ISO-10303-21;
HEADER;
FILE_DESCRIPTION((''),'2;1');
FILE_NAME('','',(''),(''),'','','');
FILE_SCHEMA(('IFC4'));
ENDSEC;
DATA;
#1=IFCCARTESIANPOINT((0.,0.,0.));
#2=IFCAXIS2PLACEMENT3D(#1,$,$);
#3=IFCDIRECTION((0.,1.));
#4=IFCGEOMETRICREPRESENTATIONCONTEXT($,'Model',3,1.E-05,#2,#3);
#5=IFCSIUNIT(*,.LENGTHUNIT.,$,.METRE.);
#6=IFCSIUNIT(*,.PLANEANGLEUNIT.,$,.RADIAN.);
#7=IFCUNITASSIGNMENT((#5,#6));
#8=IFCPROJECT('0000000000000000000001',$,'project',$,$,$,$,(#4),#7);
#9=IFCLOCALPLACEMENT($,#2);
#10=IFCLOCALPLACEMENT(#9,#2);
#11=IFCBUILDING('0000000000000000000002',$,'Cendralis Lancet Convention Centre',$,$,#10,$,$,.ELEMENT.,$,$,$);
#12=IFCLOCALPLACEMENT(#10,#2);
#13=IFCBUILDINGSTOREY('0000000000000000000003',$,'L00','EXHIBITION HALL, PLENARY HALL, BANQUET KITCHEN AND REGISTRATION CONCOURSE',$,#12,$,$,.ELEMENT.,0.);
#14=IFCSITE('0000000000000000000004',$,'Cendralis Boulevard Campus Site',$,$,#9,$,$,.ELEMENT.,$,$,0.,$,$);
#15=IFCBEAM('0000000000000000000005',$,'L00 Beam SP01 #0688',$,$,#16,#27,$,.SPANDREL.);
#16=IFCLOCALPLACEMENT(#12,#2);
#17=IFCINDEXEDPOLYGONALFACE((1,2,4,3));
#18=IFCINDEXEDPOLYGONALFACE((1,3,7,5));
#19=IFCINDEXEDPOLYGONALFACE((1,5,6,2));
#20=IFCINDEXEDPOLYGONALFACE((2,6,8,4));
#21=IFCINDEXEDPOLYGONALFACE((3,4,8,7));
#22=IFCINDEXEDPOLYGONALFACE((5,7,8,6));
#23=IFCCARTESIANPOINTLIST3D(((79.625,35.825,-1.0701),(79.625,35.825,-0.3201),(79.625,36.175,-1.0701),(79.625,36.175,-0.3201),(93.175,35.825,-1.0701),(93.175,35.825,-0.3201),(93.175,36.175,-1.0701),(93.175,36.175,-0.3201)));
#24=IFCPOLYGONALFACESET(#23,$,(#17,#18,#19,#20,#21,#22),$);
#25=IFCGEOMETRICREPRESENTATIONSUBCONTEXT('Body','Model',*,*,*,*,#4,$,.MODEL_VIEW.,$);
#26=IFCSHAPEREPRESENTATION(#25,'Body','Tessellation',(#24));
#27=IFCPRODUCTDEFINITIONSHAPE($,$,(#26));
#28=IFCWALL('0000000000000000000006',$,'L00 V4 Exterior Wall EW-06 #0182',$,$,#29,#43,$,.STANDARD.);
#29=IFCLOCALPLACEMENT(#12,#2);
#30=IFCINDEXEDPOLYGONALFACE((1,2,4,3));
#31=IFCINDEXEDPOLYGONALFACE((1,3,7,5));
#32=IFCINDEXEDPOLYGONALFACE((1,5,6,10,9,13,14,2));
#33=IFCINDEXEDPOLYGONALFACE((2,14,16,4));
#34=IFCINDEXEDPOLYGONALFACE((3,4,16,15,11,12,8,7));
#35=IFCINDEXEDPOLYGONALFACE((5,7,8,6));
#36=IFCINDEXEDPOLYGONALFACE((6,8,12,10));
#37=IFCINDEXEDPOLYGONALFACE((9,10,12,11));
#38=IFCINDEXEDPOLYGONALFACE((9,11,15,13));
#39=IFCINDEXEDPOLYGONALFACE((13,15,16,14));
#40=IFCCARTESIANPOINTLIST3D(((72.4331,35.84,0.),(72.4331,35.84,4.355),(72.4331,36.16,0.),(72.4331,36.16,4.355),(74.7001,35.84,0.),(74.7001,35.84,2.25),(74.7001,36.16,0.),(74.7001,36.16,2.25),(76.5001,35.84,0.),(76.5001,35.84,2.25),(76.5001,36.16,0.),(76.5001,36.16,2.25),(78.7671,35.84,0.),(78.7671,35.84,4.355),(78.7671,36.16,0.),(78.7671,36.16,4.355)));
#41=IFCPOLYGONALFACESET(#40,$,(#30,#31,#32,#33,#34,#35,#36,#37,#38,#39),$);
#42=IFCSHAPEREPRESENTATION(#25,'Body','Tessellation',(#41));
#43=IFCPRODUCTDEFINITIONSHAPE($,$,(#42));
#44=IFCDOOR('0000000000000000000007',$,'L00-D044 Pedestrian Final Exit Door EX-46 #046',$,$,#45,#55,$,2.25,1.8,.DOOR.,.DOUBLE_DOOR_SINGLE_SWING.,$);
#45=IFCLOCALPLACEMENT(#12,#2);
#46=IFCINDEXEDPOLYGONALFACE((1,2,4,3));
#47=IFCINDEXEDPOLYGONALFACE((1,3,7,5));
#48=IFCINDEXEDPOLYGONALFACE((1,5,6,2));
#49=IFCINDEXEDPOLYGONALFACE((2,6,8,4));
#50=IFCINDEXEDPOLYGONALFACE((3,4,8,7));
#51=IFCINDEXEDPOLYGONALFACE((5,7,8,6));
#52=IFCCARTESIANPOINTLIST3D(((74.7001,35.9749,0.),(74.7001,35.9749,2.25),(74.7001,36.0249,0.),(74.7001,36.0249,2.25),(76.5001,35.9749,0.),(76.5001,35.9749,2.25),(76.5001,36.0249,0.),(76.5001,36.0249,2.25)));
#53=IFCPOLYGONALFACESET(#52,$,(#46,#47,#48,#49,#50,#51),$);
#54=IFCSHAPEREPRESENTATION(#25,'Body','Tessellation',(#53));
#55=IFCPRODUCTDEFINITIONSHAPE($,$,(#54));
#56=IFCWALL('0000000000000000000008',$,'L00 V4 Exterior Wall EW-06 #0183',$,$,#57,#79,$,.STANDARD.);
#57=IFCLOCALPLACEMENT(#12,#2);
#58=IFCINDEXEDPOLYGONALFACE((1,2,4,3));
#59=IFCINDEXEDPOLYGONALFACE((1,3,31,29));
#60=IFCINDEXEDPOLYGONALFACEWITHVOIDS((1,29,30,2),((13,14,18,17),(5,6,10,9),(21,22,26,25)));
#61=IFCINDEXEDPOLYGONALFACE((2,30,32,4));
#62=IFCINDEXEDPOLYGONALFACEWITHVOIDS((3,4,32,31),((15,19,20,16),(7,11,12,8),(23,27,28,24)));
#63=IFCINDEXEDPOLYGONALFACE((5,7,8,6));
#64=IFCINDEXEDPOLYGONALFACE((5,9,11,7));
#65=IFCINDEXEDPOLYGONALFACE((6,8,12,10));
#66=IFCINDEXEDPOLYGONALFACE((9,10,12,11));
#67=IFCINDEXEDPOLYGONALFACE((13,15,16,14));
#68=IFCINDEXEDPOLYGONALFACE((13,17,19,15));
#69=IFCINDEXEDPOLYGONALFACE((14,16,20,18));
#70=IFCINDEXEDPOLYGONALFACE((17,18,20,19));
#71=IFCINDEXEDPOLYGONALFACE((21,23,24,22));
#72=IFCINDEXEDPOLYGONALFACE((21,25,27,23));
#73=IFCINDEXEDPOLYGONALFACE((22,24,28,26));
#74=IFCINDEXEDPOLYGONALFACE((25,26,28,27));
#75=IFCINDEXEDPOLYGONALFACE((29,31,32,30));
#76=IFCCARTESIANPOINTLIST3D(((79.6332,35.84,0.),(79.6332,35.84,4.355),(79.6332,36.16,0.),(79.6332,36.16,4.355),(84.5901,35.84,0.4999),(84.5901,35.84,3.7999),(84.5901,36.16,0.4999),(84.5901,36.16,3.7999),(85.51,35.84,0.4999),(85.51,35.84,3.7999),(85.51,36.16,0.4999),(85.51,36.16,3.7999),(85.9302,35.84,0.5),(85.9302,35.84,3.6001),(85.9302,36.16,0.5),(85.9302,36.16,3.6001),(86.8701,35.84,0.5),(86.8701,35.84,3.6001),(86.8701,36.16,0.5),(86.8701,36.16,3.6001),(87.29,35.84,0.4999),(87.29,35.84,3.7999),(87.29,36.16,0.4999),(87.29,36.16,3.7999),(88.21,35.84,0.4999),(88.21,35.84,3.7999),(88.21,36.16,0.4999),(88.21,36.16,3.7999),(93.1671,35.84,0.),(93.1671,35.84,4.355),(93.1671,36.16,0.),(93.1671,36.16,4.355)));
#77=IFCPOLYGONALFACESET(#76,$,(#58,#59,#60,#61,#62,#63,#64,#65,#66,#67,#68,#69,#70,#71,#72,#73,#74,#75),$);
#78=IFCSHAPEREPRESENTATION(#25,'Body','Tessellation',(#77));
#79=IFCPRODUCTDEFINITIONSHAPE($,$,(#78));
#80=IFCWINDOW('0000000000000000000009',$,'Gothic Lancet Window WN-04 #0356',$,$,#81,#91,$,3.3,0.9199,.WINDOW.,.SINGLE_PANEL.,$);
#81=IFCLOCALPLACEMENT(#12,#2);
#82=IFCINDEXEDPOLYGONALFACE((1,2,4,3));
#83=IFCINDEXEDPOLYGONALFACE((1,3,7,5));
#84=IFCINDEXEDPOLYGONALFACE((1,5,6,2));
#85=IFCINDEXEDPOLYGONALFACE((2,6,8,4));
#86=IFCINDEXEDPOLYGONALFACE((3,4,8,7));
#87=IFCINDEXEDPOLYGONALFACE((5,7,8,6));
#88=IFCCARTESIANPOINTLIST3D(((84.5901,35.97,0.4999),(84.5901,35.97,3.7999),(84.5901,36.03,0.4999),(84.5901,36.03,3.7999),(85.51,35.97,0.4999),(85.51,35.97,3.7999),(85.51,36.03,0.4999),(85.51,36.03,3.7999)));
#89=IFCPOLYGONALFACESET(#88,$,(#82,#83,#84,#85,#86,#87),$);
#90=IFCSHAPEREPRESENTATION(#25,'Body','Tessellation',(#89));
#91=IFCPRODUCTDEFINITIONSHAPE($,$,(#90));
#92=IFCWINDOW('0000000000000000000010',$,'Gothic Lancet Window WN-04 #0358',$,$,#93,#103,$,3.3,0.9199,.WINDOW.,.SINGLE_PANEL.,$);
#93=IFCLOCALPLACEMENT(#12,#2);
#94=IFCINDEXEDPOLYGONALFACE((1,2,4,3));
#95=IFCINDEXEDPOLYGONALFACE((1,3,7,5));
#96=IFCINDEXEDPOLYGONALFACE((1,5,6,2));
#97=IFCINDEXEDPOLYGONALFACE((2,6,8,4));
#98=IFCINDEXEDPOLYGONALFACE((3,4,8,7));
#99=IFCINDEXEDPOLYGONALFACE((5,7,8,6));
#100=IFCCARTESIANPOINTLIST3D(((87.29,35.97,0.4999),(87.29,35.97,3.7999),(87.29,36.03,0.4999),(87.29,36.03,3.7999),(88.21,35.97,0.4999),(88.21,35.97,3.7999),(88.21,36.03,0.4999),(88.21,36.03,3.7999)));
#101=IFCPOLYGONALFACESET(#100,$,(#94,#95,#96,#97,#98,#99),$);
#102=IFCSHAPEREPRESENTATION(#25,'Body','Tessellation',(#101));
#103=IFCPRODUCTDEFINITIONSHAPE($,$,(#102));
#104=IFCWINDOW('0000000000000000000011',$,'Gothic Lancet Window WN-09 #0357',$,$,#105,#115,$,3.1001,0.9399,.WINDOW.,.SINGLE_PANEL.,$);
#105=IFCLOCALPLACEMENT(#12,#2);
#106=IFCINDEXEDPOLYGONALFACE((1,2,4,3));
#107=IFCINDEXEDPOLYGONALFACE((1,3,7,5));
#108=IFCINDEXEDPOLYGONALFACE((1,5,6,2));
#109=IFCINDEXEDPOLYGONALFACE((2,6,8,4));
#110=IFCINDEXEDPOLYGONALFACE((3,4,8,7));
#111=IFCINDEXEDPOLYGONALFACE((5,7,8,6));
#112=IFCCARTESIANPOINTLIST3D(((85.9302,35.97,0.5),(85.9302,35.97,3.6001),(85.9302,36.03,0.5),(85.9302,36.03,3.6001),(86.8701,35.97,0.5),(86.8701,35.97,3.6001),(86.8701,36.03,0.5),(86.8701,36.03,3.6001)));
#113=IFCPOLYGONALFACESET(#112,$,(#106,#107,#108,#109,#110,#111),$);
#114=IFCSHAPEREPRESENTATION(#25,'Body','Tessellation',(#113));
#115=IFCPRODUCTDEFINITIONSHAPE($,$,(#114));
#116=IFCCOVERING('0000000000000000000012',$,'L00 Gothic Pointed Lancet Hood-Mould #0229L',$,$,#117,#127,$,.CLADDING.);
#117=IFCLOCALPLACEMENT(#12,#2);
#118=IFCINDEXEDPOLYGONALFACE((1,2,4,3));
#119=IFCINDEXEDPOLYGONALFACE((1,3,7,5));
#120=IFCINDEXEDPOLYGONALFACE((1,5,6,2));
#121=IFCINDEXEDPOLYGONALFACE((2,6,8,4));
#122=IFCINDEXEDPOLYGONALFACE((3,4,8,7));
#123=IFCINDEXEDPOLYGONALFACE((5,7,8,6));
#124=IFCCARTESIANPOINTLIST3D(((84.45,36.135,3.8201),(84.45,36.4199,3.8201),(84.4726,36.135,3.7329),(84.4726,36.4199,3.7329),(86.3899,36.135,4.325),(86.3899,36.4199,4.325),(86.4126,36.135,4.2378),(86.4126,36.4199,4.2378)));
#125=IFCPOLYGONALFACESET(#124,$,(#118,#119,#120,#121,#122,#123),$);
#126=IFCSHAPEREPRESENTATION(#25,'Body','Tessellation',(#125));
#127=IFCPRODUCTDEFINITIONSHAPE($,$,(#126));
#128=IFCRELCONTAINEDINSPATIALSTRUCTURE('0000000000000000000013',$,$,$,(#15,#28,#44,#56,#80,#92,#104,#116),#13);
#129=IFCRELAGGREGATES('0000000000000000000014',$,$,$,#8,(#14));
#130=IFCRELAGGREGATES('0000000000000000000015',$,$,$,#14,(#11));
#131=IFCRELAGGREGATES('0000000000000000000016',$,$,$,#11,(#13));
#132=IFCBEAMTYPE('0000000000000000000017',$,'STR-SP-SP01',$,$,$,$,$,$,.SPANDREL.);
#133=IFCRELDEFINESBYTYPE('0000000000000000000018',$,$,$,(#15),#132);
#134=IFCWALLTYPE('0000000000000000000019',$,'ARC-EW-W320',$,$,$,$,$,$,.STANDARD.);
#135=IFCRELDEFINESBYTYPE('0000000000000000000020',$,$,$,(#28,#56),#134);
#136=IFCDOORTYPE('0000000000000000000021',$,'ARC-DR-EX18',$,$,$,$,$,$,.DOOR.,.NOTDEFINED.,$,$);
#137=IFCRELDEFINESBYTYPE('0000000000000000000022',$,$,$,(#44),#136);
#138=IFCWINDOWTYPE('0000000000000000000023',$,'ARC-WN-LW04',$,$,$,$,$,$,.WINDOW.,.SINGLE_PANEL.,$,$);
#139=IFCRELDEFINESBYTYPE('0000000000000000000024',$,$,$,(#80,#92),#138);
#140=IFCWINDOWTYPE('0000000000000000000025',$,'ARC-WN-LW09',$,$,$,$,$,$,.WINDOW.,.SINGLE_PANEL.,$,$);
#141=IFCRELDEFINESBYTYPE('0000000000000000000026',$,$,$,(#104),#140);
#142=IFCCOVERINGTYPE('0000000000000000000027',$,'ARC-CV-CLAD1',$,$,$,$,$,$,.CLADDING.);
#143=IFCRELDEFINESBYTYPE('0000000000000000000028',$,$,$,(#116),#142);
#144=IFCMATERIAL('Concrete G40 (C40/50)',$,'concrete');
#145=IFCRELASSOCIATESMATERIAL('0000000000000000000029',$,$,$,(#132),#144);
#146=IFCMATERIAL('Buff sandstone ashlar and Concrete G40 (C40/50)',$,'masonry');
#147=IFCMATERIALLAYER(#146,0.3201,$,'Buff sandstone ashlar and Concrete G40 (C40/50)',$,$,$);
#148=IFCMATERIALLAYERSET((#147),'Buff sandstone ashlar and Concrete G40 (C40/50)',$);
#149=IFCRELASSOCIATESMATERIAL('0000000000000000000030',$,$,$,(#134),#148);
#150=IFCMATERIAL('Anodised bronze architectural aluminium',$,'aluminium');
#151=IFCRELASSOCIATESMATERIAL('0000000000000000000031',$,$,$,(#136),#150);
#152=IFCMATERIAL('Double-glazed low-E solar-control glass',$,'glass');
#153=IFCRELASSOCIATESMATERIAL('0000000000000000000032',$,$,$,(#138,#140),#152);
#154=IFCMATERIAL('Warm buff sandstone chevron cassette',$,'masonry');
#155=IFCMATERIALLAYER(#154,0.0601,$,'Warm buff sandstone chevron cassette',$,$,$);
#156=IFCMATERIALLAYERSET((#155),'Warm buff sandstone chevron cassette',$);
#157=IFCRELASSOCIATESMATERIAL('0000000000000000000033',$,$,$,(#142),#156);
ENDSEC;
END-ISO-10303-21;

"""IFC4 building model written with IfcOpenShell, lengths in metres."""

from ifc_helpers import new_model, si_unit, direction, frame, frame_2d, origin, origin_2d, place, context, subcontext, project, spatial, polyline, rectangle, outline, extrude, material, layer, layer_set, material_profile, profile_set, type_object, element, fill, save


model = new_model("IFC4")

# Units and contexts
model_context = context("Model", 3, precision=1e-05, world=origin(), true_north=direction((0.0, 1.0)))
body_context = subcontext(model_context, "Body", "Model", "MODEL_VIEW")
ifc_project = project(units=[si_unit("LENGTHUNIT", "METRE"), si_unit("PLANEANGLEUNIT", "RADIAN")], contexts=[model_context])

# Site, building, storey
site_placement = place(None, origin())
site = spatial("IfcSite", under=ifc_project, at=site_placement, Name="Cendralis Boulevard Campus Site", CompositionType="ELEMENT", RefElevation=0.0)
building_placement = place(site_placement, origin())
building = spatial("IfcBuilding", under=site, at=building_placement, Name="Cendralis Lancet Convention Centre", CompositionType="ELEMENT")
storey_placement = place(building_placement, origin())
storey = spatial("IfcBuildingStorey", under=building, at=storey_placement, Name="L00", Description="EXHIBITION HALL, PLENARY HALL, BANQUET KITCHEN AND REGISTRATION CONCOURSE", CompositionType="ELEMENT", Elevation=0.0)

# Shared definitions
ifc_material_1 = material(Name="Concrete G40 (C40/50)", Category="concrete")

# Beam
ifc_material_profile_1 = material_profile(ifc_material_1, rectangle(XDim=0.3501, YDim=0.75, at=origin_2d()), Name="RCB 350x750")
ifc_profile_set_1 = profile_set([ifc_material_profile_1], Name="Concrete G40 (C40/50)")
beam_type = type_object("IfcBeamType", Name="STR-SP-SP01", PredefinedType="SPANDREL", material=ifc_profile_set_1)
beam_1_placement = place(storey_placement, frame((79.625, 36.0, -0.6951), z_axis=(1.0, 0.0, 0.0), x_axis=(0.0, 1.0, 0.0)))
element("IfcBeam", 1, at=beam_1_placement, inside=storey, type_object=beam_type, Name="L00 Beam SP01 #0688", PredefinedType="SPANDREL", context=body_context, shape_type="SweptSolid", body=[
    extrude(rectangle(XDim=0.3501, YDim=0.75, at=origin_2d()), origin(), (0.0, 0.0, 1.0), 13.55),
])

# Wall, opening, door
ifc_material_2 = material(Name="Buff sandstone ashlar and Concrete G40 (C40/50)", Category="masonry")
ifc_layer_1 = layer(ifc_material_2, 0.3201, Name="Buff sandstone ashlar and Concrete G40 (C40/50)")
ifc_layer_set_1 = layer_set([ifc_layer_1], Name="Buff sandstone ashlar and Concrete G40 (C40/50)")
wall_type = type_object("IfcWallType", Name="ARC-EW-W320", PredefinedType="STANDARD", material=ifc_layer_set_1)
wall_1_placement = place(storey_placement, frame((72.4331, 36.0, 0.0), z_axis=(0.0, 0.0, 1.0), x_axis=(1.0, 0.0, 0.0)))
wall_1 = element("IfcWall", 2, at=wall_1_placement, inside=storey, type_object=wall_type, Name="L00 V4 Exterior Wall EW-06 #0182", PredefinedType="STANDARD", context=body_context, shape_type="SweptSolid", body=[
    extrude(rectangle(XDim=6.334, YDim=0.3201, at=frame_2d((3.167, 0.0))), origin(), (0.0, 0.0, 1.0), 4.355),
])
opening_1_placement = place(wall_1_placement, frame((2.2671, 0.0, 0.0)))
opening_1 = element("IfcOpeningElement", 3, at=opening_1_placement, cuts=wall_1, PredefinedType="OPENING", context=body_context, shape_type="SweptSolid", body=[
    extrude(rectangle(XDim=1.8, YDim=2.25, at=frame_2d((0.8999, 1.125))), frame((0.0, 0.1699, 0.0), z_axis=(0.0, -1.0, 0.0), x_axis=(1.0, 0.0, 0.0)), (0.0, 0.0, 1.0), 0.3401),
])
ifc_material_3 = material(Name="Anodised bronze architectural aluminium", Category="aluminium")
door_type = type_object("IfcDoorType", Name="ARC-DR-EX18", OperationType="NOTDEFINED", PredefinedType="DOOR", material=ifc_material_3)
door_placement = place(opening_1_placement, origin())
door = element("IfcDoor", 4, at=door_placement, inside=storey, type_object=door_type, Name="L00-D044 Pedestrian Final Exit Door EX-46 #046", OperationType="DOUBLE_DOOR_SINGLE_SWING", OverallHeight=2.25, OverallWidth=1.8, PredefinedType="DOOR", context=body_context, shape_type="SweptSolid", body=[
    extrude(rectangle(XDim=1.8, YDim=2.25, at=frame_2d((0.8999, 1.125))), frame((0.0, 0.0249, 0.0), z_axis=(0.0, -1.0, 0.0), x_axis=(1.0, 0.0, 0.0)), (0.0, 0.0, 1.0), 0.05),
])
fill(opening_1, door)

# Wall, openings, windows
wall_2_placement = place(storey_placement, frame((79.6331, 36.0, 0.0), z_axis=(0.0, 0.0, 1.0), x_axis=(1.0, 0.0, 0.0)))
wall_2 = element("IfcWall", 5, at=wall_2_placement, inside=storey, type_object=wall_type, Name="L00 V4 Exterior Wall EW-06 #0183", PredefinedType="STANDARD", context=body_context, shape_type="SweptSolid", body=[
    extrude(rectangle(XDim=13.5339, YDim=0.3201, at=frame_2d((6.7671, 0.0))), origin(), (0.0, 0.0, 1.0), 4.355),
])
opening_2_placement = place(wall_2_placement, frame((4.957, 0.0, 0.5)))
opening_2 = element("IfcOpeningElement", 6, at=opening_2_placement, cuts=wall_2, PredefinedType="OPENING", context=body_context, shape_type="SweptSolid", body=[
    extrude(rectangle(XDim=0.9199, YDim=3.3, at=frame_2d((0.46, 1.6499))), frame((0.0, 0.1699, 0.0), z_axis=(0.0, -1.0, 0.0), x_axis=(1.0, 0.0, 0.0)), (0.0, 0.0, 1.0), 0.3401),
])
opening_3_placement = place(wall_2_placement, frame((6.2971, 0.0, 0.5)))
opening_3 = element("IfcOpeningElement", 7, at=opening_3_placement, cuts=wall_2, PredefinedType="OPENING", context=body_context, shape_type="SweptSolid", body=[
    extrude(rectangle(XDim=0.9399, YDim=3.1001, at=frame_2d((0.47, 1.55))), frame((0.0, 0.1699, 0.0), z_axis=(0.0, -1.0, 0.0), x_axis=(1.0, 0.0, 0.0)), (0.0, 0.0, 1.0), 0.3401),
])
opening_4_placement = place(wall_2_placement, frame((7.657, 0.0, 0.5)))
opening_4 = element("IfcOpeningElement", 8, at=opening_4_placement, cuts=wall_2, PredefinedType="OPENING", context=body_context, shape_type="SweptSolid", body=[
    extrude(rectangle(XDim=0.9199, YDim=3.3, at=frame_2d((0.46, 1.6499))), frame((0.0, 0.1699, 0.0), z_axis=(0.0, -1.0, 0.0), x_axis=(1.0, 0.0, 0.0)), (0.0, 0.0, 1.0), 0.3401),
])
ifc_material_4 = material(Name="Double-glazed low-E solar-control glass", Category="glass")
window_type_1 = type_object("IfcWindowType", Name="ARC-WN-LW04", PartitioningType="SINGLE_PANEL", PredefinedType="WINDOW", material=ifc_material_4)
window_1_placement = place(opening_2_placement, origin())
window_1 = element("IfcWindow", 9, at=window_1_placement, inside=storey, type_object=window_type_1, Name="Gothic Lancet Window WN-04 #0356", OverallHeight=3.3, OverallWidth=0.9199, PartitioningType="SINGLE_PANEL", PredefinedType="WINDOW", context=body_context, shape_type="SweptSolid", body=[
    extrude(rectangle(XDim=0.9199, YDim=3.3, at=frame_2d((0.46, 1.6499))), frame((0.0, 0.03, 0.0), z_axis=(0.0, -1.0, 0.0), x_axis=(1.0, 0.0, 0.0)), (0.0, 0.0, 1.0), 0.0601),
])
fill(opening_2, window_1)
window_2_placement = place(opening_4_placement, origin())
window_2 = element("IfcWindow", 10, at=window_2_placement, inside=storey, type_object=window_type_1, Name="Gothic Lancet Window WN-04 #0358", OverallHeight=3.3, OverallWidth=0.9199, PartitioningType="SINGLE_PANEL", PredefinedType="WINDOW", context=body_context, shape_type="SweptSolid", body=[
    extrude(rectangle(XDim=0.9199, YDim=3.3, at=frame_2d((0.46, 1.6499))), frame((0.0, 0.03, 0.0), z_axis=(0.0, -1.0, 0.0), x_axis=(1.0, 0.0, 0.0)), (0.0, 0.0, 1.0), 0.0601),
])
fill(opening_4, window_2)
window_type_2 = type_object("IfcWindowType", Name="ARC-WN-LW09", PartitioningType="SINGLE_PANEL", PredefinedType="WINDOW", material=ifc_material_4)
window_3_placement = place(opening_3_placement, origin())
window_3 = element("IfcWindow", 11, at=window_3_placement, inside=storey, type_object=window_type_2, Name="Gothic Lancet Window WN-09 #0357", OverallHeight=3.1001, OverallWidth=0.9399, PartitioningType="SINGLE_PANEL", PredefinedType="WINDOW", context=body_context, shape_type="SweptSolid", body=[
    extrude(rectangle(XDim=0.9399, YDim=3.1001, at=frame_2d((0.47, 1.55))), frame((0.0, 0.03, 0.0), z_axis=(0.0, -1.0, 0.0), x_axis=(1.0, 0.0, 0.0)), (0.0, 0.0, 1.0), 0.0601),
])
fill(opening_3, window_3)

# Covering
ifc_material_5 = material(Name="Warm buff sandstone chevron cassette", Category="masonry")
ifc_layer_2 = layer(ifc_material_5, 0.0601, Name="Warm buff sandstone chevron cassette")
ifc_layer_set_2 = layer_set([ifc_layer_2], Name="Warm buff sandstone chevron cassette")
covering_type = type_object("IfcCoveringType", Name="ARC-CV-CLAD1", PredefinedType="CLADDING", material=ifc_layer_set_2)
covering_placement = place(storey_placement, frame((84.45, 36.4199, 3.8201), z_axis=(-0.251867, 0.0, 0.967762), x_axis=(0.0, -1.0, 0.0)))
element("IfcCovering", 12, at=covering_placement, inside=storey, type_object=covering_type, Name="L00 Gothic Pointed Lancet Hood-Mould #0229L", PredefinedType="CLADDING", context=body_context, shape_type="SweptSolid", body=[
    extrude(outline(polyline([(0.0, 0.0), (0.2849, 0.0), (0.2849, 2.0046), (0.0, 2.0046), (0.0, 0.0)])), origin(), (0.0, 0.0, -1.0), 0.0901),
])

save(model, "model.ifc")
